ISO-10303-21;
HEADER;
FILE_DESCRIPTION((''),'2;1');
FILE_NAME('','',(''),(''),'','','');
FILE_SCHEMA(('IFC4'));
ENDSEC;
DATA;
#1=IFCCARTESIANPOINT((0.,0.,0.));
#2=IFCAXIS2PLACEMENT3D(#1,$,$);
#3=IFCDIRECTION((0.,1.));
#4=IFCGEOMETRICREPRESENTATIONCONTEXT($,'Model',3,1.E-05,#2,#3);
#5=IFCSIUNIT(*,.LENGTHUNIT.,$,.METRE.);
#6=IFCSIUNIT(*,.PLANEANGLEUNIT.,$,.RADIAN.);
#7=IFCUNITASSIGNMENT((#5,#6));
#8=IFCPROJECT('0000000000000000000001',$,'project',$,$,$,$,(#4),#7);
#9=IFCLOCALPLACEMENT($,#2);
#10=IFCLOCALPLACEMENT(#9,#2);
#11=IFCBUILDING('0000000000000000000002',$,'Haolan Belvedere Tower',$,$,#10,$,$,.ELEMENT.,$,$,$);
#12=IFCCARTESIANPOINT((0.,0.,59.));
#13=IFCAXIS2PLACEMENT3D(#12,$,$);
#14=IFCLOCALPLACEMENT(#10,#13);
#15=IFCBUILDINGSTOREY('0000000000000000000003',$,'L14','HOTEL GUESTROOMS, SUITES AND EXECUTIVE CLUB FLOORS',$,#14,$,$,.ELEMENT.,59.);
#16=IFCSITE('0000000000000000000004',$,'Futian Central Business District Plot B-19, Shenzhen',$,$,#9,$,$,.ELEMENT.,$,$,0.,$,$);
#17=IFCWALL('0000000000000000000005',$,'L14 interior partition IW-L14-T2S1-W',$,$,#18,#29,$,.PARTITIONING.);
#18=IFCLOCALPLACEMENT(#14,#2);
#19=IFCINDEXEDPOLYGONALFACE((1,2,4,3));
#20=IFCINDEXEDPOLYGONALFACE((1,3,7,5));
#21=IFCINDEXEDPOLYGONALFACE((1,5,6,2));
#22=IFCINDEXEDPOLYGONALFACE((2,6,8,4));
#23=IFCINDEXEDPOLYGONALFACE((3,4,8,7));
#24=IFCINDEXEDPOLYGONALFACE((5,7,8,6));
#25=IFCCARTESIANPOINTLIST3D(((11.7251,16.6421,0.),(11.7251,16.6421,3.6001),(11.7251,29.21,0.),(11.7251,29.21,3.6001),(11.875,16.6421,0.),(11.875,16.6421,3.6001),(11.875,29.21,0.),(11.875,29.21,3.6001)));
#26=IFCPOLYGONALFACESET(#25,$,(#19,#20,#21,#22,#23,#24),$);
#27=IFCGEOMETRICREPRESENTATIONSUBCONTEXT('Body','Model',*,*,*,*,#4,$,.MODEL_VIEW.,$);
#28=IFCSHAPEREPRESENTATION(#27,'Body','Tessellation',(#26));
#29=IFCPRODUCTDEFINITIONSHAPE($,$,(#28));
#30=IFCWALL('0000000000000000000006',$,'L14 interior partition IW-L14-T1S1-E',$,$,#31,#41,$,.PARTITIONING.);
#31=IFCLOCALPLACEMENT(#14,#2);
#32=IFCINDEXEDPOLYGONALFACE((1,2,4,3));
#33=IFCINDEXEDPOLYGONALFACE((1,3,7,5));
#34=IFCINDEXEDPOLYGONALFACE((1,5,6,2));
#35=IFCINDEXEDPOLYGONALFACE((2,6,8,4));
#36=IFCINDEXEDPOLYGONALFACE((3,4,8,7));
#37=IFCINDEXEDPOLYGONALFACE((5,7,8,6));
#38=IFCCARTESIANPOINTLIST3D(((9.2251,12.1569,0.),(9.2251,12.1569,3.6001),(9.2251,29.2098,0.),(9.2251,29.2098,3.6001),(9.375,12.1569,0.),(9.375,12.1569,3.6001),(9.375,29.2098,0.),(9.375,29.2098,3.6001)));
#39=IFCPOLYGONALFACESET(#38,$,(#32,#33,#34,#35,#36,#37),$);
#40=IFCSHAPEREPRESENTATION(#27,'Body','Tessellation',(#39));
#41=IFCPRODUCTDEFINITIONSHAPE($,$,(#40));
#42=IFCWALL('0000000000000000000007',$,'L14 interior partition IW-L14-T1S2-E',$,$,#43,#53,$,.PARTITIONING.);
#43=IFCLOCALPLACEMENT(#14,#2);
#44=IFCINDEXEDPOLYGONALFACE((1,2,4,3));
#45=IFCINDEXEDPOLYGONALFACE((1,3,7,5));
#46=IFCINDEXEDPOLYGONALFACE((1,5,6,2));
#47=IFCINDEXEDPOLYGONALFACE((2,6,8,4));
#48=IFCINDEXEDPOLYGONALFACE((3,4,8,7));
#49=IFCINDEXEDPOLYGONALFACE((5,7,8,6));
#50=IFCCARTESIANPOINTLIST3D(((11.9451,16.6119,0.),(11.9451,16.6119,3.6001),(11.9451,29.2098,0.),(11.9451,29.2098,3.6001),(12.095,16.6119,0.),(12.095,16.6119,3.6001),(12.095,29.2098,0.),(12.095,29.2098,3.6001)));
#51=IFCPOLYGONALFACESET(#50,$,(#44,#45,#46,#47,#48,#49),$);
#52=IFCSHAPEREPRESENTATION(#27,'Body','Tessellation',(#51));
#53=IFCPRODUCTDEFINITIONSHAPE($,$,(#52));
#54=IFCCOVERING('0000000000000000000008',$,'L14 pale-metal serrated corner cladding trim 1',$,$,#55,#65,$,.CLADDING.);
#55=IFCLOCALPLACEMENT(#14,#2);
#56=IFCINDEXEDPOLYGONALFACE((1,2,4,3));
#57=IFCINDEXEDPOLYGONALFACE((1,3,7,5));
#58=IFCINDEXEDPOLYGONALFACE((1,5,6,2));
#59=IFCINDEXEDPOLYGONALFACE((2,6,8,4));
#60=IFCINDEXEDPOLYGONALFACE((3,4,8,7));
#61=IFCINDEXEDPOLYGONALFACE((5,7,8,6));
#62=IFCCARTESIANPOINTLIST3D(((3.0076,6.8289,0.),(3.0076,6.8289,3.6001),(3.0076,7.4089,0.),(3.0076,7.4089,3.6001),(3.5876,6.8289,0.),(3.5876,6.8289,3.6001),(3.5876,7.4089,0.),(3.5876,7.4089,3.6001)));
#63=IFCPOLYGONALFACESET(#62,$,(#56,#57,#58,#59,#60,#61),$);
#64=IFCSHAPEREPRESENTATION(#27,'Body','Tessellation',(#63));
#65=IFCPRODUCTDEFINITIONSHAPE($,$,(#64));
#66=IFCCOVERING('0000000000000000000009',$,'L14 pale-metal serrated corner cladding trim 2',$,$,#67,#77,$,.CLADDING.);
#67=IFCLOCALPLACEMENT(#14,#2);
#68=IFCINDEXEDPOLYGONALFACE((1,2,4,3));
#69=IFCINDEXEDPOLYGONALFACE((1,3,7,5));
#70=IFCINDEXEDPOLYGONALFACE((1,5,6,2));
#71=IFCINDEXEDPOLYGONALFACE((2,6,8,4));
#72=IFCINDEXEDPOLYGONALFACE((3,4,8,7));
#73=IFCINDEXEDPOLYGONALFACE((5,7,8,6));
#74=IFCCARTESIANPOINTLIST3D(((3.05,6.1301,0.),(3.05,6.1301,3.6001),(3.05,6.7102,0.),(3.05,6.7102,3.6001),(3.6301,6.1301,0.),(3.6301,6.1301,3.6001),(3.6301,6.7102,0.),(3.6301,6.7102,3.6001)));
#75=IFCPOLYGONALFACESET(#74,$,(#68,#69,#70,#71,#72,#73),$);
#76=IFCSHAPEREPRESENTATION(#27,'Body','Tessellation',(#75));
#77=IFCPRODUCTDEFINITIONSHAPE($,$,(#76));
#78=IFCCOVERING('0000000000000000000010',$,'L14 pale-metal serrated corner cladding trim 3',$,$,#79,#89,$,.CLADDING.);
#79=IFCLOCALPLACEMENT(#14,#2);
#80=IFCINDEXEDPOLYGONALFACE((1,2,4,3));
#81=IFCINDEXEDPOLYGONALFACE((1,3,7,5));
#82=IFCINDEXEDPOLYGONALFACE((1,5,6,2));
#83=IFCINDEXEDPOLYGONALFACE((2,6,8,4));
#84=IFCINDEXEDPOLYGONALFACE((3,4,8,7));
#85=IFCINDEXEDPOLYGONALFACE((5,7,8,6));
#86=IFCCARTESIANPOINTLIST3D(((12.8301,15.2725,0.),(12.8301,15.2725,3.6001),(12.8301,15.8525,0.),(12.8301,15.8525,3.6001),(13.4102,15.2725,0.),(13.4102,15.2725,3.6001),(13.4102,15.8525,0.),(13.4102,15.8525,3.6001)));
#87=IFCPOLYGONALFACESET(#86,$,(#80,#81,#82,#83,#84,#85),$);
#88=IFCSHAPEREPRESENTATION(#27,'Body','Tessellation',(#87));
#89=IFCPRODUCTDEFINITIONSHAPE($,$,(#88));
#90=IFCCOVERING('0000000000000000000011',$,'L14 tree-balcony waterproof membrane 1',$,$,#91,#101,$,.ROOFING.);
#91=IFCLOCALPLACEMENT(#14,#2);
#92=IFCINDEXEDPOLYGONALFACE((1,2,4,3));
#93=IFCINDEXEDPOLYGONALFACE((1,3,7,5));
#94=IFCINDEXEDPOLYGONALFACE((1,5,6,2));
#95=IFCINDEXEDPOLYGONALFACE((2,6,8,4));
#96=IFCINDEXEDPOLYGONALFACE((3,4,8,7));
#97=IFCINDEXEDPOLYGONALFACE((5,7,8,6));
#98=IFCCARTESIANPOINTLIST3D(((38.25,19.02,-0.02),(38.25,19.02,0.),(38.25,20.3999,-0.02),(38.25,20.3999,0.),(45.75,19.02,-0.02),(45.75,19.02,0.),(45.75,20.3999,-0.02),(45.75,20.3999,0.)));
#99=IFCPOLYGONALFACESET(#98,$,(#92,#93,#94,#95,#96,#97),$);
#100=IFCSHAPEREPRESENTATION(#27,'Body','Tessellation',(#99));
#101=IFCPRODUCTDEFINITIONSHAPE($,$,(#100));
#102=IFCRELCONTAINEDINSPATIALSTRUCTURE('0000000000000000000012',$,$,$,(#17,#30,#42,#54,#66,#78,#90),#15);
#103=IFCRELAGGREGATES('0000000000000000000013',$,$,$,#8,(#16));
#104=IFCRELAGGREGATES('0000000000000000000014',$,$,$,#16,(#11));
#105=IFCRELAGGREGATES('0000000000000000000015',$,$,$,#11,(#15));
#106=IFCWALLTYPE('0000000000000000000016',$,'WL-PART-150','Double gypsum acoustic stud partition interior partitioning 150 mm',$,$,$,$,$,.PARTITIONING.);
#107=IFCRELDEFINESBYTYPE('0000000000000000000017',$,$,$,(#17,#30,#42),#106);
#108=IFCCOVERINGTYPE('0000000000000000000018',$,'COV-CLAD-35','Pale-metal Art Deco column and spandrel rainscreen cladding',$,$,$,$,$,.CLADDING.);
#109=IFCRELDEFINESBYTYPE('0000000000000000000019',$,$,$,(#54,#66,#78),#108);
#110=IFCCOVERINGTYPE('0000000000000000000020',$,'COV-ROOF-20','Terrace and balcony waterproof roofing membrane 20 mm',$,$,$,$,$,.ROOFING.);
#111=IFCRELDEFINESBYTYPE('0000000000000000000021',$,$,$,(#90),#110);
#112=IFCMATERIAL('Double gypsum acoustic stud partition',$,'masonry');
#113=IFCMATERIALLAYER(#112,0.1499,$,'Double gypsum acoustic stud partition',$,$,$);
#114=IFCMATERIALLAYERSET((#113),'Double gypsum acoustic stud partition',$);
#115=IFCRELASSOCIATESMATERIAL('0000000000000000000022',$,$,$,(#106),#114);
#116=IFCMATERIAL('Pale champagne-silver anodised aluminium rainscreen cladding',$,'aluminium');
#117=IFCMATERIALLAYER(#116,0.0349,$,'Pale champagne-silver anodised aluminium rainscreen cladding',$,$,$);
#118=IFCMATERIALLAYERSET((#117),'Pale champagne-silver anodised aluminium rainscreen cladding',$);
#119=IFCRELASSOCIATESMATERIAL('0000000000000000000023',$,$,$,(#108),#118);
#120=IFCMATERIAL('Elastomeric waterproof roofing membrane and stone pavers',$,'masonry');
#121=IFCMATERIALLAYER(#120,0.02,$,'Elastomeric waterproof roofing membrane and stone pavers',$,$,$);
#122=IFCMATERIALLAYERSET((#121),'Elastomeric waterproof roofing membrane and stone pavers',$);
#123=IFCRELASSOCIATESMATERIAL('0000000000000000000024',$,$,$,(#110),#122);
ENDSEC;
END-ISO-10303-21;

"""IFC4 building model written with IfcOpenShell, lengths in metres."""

from ifc_helpers import new_model, si_unit, direction, frame, frame_2d, origin, origin_2d, place, context, subcontext, project, spatial, polyline, rectangle, outline, extrude, material, layer, layer_set, type_object, element, save


model = new_model("IFC4")

# Units and contexts
model_context = context("Model", 3, precision=1e-05, world=origin(), true_north=direction((0.0, 1.0)))
body_context = subcontext(model_context, "Body", "Model", "MODEL_VIEW")
ifc_project = project(units=[si_unit("LENGTHUNIT", "METRE"), si_unit("PLANEANGLEUNIT", "RADIAN")], contexts=[model_context])

# Site, building, storey
site_placement = place(None, origin())
site = spatial("IfcSite", under=ifc_project, at=site_placement, Name="Futian Central Business District Plot B-19, Shenzhen", CompositionType="ELEMENT", RefElevation=0.0)
building_placement = place(site_placement, origin())
building = spatial("IfcBuilding", under=site, at=building_placement, Name="Haolan Belvedere Tower", CompositionType="ELEMENT")
storey_placement = place(building_placement, frame((0.0, 0.0, 59.0)))
storey = spatial("IfcBuildingStorey", under=building, at=storey_placement, Name="L14", Description="HOTEL GUESTROOMS, SUITES AND EXECUTIVE CLUB FLOORS", CompositionType="ELEMENT", Elevation=59.0)

# Walls
ifc_material_1 = material(Name="Double gypsum acoustic stud partition", Category="masonry")
ifc_layer_1 = layer(ifc_material_1, 0.1499, Name="Double gypsum acoustic stud partition")
ifc_layer_set_1 = layer_set([ifc_layer_1], Name="Double gypsum acoustic stud partition")
wall_type_1 = type_object("IfcWallType", Name="WL-PART-150", Description="Double gypsum acoustic stud partition interior partitioning 150 mm", PredefinedType="PARTITIONING", material=ifc_layer_set_1)
wall_1_placement = place(storey_placement, frame((11.8, 16.6421, 0.0), z_axis=(0.0, 0.0, 1.0), x_axis=(0.0, 1.0, 0.0)))
element("IfcWall", 1, at=wall_1_placement, inside=storey, type_object=wall_type_1, Name="L14 interior partition IW-L14-T2S1-W", PredefinedType="PARTITIONING", context=body_context, shape_type="SweptSolid", body=[
    extrude(rectangle(XDim=12.5679, YDim=0.1499, at=frame_2d((6.2839, 0.0))), origin(), (0.0, 0.0, 1.0), 3.6001),
])
wall_2_placement = place(storey_placement, frame((9.3, 12.157, 0.0), z_axis=(0.0, 0.0, 1.0), x_axis=(0.0, 1.0, 0.0)))
element("IfcWall", 2, at=wall_2_placement, inside=storey, type_object=wall_type_1, Name="L14 interior partition IW-L14-T1S1-E", PredefinedType="PARTITIONING", context=body_context, shape_type="SweptSolid", body=[
    extrude(rectangle(XDim=17.053, YDim=0.1499, at=frame_2d((8.5264, 0.0))), origin(), (0.0, 0.0, 1.0), 3.6001),
])
wall_3_placement = place(storey_placement, frame((12.02, 16.6121, 0.0), z_axis=(0.0, 0.0, 1.0), x_axis=(0.0, 1.0, 0.0)))
element("IfcWall", 3, at=wall_3_placement, inside=storey, type_object=wall_type_1, Name="L14 interior partition IW-L14-T1S2-E", PredefinedType="PARTITIONING", context=body_context, shape_type="SweptSolid", body=[
    extrude(rectangle(XDim=12.5979, YDim=0.1499, at=frame_2d((6.2988, 0.0))), origin(), (0.0, 0.0, 1.0), 3.6001),
])

# Coverings
ifc_material_2 = material(Name="Pale champagne-silver anodised aluminium rainscreen cladding", Category="aluminium")
ifc_layer_2 = layer(ifc_material_2, 0.0349, Name="Pale champagne-silver anodised aluminium rainscreen cladding")
ifc_layer_set_2 = layer_set([ifc_layer_2], Name="Pale champagne-silver anodised aluminium rainscreen cladding")
covering_type_1 = type_object("IfcCoveringType", Name="COV-CLAD-35", Description="Pale-metal Art Deco column and spandrel rainscreen cladding", PredefinedType="CLADDING", material=ifc_layer_set_2)
for number, where, z_axis, x_axis, name in (
    (4, (3.2976, 7.1189, 0.0), (0.0, 0.0, 1.0), (1.0, 0.0, 0.0), "L14 pale-metal serrated corner cladding trim 1"),
    (5, (3.3401, 6.4202, 0.0), (0.0, 0.0, 1.0), (1.0, 0.0, 0.0), "L14 pale-metal serrated corner cladding trim 2"),
    (6, (13.1201, 15.5625, 0.0), (0.0, 0.0, 1.0), (1.0, 0.0, 0.0), "L14 pale-metal serrated corner cladding trim 3"),
):
    element("IfcCovering", number, at=place(storey_placement, frame(where, z_axis=z_axis, x_axis=x_axis)), inside=storey, type_object=covering_type_1, Name=name, PredefinedType="CLADDING", context=body_context, shape_type="SweptSolid", body=[
        extrude(rectangle(XDim=0.5801, YDim=0.5801, at=origin_2d()), origin(), (0.0, 0.0, 1.0), 3.6001),
    ])
ifc_material_3 = material(Name="Elastomeric waterproof roofing membrane and stone pavers", Category="masonry")
ifc_layer_3 = layer(ifc_material_3, 0.02, Name="Elastomeric waterproof roofing membrane and stone pavers")
ifc_layer_set_3 = layer_set([ifc_layer_3], Name="Elastomeric waterproof roofing membrane and stone pavers")
covering_type_2 = type_object("IfcCoveringType", Name="COV-ROOF-20", Description="Terrace and balcony waterproof roofing membrane 20 mm", PredefinedType="ROOFING", material=ifc_layer_set_3)
covering_placement = place(storey_placement, frame((0.0, 0.0, -0.02)))
element("IfcCovering", 7, at=covering_placement, inside=storey, type_object=covering_type_2, Name="L14 tree-balcony waterproof membrane 1", PredefinedType="ROOFING", context=body_context, shape_type="SweptSolid", body=[
    extrude(outline(polyline([(38.25, 19.02), (45.75, 19.02), (45.75, 20.3999), (38.25, 20.3999), (38.25, 19.02)])), origin(), (0.0, 0.0, 1.0), 0.02),
])

save(model, "model.ifc")
